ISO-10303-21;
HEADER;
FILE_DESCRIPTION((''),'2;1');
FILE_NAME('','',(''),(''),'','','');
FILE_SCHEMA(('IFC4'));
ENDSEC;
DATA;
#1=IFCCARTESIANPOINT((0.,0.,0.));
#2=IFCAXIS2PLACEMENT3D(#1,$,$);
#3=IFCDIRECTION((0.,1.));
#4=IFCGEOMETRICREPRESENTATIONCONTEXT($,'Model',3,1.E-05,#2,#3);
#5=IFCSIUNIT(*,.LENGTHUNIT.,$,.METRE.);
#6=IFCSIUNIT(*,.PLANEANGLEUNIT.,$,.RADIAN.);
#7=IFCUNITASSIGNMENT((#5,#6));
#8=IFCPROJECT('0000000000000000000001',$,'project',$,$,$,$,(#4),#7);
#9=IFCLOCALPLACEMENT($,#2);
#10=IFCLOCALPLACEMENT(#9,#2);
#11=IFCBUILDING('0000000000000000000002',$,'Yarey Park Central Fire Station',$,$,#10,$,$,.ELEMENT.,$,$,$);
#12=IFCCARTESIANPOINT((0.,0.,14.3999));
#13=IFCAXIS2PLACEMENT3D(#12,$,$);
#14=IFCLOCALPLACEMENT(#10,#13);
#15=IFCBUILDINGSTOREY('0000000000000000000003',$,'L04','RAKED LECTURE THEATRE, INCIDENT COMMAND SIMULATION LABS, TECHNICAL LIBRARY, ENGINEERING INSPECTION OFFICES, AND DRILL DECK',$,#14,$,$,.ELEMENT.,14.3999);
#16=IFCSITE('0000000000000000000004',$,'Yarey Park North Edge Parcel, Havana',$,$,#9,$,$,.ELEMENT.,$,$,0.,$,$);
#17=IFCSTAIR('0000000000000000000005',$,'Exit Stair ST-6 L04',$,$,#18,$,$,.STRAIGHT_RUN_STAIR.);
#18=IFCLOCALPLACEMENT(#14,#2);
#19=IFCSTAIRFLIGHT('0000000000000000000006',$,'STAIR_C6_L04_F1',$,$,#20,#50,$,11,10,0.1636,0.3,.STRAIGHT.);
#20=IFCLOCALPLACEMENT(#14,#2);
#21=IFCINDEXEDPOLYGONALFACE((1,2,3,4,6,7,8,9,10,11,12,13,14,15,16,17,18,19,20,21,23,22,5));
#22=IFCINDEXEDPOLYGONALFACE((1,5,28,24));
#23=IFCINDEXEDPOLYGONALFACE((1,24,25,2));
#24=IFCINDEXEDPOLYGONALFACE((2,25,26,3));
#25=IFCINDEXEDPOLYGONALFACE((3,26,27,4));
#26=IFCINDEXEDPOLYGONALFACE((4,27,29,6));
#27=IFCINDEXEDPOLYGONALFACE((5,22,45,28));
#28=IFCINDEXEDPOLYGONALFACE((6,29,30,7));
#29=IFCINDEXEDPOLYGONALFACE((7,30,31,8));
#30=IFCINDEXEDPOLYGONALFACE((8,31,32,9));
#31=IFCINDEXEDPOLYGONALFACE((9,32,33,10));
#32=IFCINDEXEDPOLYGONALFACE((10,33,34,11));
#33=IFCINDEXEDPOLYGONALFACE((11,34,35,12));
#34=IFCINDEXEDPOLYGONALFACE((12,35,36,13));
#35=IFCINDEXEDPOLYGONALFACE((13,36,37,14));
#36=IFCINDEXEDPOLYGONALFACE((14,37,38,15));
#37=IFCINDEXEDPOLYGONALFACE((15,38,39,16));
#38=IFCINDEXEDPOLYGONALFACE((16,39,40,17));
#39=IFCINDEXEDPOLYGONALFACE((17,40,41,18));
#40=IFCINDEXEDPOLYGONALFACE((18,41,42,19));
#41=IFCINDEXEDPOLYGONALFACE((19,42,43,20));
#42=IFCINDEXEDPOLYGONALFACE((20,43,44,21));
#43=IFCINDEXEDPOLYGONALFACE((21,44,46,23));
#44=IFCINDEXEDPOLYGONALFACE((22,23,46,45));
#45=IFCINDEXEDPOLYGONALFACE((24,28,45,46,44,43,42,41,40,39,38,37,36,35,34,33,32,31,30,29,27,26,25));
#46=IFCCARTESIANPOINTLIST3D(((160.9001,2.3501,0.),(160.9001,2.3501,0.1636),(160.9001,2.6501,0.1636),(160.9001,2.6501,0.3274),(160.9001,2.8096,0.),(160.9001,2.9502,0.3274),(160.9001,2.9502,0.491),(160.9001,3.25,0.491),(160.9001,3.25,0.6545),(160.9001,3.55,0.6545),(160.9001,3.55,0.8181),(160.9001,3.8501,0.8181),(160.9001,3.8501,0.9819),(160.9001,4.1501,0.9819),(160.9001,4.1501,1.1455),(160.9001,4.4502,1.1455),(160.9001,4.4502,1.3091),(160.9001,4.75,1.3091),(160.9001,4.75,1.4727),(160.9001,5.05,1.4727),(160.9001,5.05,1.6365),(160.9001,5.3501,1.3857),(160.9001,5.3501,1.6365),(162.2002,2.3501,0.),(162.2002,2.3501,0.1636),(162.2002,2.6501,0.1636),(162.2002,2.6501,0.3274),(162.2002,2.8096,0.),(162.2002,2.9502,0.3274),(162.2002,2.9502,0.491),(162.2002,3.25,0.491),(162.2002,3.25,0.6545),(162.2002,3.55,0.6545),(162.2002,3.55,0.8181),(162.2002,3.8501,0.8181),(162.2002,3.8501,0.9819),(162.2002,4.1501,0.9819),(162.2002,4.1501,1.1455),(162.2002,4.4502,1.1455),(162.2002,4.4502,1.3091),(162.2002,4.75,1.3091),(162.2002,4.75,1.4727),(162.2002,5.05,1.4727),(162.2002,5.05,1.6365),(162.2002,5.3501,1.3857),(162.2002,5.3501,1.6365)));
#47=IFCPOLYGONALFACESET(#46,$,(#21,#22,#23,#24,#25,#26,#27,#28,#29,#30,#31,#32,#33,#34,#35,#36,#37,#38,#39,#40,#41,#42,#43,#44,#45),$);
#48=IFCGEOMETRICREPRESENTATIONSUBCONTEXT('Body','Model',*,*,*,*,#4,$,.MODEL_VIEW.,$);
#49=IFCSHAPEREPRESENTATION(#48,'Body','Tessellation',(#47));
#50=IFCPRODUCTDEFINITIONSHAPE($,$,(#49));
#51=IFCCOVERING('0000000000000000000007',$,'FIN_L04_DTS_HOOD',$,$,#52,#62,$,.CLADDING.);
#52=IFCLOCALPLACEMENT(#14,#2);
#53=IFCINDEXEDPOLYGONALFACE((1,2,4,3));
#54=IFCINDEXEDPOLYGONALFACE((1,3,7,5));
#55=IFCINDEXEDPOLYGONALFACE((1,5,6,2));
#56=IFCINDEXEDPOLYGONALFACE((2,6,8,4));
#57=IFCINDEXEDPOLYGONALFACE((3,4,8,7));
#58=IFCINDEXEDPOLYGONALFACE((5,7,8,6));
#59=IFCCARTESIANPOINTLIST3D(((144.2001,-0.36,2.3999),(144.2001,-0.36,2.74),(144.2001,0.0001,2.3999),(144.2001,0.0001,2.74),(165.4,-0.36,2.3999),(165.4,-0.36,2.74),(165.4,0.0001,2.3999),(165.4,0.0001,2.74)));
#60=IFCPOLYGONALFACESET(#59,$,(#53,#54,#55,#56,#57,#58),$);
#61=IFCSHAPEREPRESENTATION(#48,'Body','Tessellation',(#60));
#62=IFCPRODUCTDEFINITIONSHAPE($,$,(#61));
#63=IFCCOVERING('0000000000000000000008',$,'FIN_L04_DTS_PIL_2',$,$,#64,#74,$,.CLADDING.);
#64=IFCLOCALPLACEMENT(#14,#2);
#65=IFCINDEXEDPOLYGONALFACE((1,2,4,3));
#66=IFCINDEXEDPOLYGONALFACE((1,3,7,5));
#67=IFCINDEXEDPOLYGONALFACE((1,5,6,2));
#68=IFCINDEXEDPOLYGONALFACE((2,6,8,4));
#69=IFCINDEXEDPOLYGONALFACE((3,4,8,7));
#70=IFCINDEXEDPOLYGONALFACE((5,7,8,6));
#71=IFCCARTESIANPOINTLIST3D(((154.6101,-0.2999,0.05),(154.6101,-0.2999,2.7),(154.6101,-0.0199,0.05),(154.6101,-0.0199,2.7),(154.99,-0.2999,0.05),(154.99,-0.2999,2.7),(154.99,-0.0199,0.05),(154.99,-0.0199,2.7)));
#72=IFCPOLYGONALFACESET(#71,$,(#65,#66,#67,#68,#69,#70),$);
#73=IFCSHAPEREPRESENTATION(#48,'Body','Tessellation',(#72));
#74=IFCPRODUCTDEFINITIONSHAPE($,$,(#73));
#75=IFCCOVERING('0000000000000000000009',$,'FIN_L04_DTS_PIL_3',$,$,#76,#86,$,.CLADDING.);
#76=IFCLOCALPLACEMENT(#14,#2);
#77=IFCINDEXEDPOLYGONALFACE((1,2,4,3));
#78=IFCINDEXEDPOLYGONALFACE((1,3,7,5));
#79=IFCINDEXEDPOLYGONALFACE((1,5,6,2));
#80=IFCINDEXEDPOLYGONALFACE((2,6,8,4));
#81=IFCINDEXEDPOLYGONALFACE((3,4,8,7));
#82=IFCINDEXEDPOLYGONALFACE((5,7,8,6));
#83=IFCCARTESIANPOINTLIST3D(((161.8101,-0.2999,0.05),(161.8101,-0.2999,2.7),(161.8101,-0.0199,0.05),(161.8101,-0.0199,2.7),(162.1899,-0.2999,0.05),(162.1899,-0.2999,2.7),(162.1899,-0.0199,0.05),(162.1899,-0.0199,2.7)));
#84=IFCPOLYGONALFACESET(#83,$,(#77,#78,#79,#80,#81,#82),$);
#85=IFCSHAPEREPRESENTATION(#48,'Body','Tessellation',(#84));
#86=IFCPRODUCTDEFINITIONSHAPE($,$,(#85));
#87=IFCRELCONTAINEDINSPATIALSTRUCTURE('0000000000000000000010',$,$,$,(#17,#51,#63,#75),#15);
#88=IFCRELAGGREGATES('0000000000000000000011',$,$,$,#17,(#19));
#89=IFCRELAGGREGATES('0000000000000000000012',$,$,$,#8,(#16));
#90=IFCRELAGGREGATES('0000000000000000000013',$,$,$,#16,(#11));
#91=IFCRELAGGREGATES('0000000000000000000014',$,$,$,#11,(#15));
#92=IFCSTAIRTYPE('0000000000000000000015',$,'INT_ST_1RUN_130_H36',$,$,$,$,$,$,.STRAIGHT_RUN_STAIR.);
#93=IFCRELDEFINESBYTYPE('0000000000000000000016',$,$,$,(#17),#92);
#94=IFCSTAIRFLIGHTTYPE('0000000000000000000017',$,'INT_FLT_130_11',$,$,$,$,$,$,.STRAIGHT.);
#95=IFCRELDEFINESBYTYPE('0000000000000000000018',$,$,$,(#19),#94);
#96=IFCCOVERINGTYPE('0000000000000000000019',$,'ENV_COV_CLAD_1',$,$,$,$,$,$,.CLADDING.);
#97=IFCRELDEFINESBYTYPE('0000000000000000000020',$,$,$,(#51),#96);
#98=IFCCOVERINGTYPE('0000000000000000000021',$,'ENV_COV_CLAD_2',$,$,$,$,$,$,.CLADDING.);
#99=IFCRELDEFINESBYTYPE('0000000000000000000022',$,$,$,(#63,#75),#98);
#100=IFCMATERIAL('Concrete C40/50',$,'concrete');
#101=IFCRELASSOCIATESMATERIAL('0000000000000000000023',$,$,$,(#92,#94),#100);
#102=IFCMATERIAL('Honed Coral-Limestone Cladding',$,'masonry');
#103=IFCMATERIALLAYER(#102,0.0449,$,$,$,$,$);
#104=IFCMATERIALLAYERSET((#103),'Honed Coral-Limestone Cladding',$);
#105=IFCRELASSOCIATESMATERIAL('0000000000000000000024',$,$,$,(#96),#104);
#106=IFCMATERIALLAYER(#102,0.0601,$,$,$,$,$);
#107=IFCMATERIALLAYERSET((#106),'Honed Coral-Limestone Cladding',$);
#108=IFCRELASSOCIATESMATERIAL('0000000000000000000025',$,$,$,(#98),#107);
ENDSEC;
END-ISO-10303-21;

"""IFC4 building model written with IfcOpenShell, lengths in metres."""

from ifc_helpers import new_model, si_unit, direction, frame, origin, origin_2d, place, context, subcontext, project, spatial, polyline, rectangle, outline, extrude, material, layer, layer_set, type_object, element, aggregate, save


model = new_model("IFC4")

# Units and contexts
model_context = context("Model", 3, precision=1e-05, world=origin(), true_north=direction((0.0, 1.0)))
body_context = subcontext(model_context, "Body", "Model", "MODEL_VIEW")
ifc_project = project(units=[si_unit("LENGTHUNIT", "METRE"), si_unit("PLANEANGLEUNIT", "RADIAN")], contexts=[model_context])

# Site, building, storey
site_placement = place(None, origin())
site = spatial("IfcSite", under=ifc_project, at=site_placement, Name="Yarey Park North Edge Parcel, Havana", CompositionType="ELEMENT", RefElevation=0.0)
building_placement = place(site_placement, origin())
building = spatial("IfcBuilding", under=site, at=building_placement, Name="Yarey Park Central Fire Station", CompositionType="ELEMENT")
storey_placement = place(building_placement, frame((0.0, 0.0, 14.3999)))
storey = spatial("IfcBuildingStorey", under=building, at=storey_placement, Name="L04", Description="RAKED LECTURE THEATRE, INCIDENT COMMAND SIMULATION LABS, TECHNICAL LIBRARY, ENGINEERING INSPECTION OFFICES, AND DRILL DECK", CompositionType="ELEMENT", Elevation=14.3999)

# Shared definitions
ifc_material_1 = material(Name="Concrete C40/50", Category="concrete")

# Stair, stair flight
stair_type = type_object("IfcStairType", Name="INT_ST_1RUN_130_H36", PredefinedType="STRAIGHT_RUN_STAIR", material=ifc_material_1)
stair_placement = place(storey_placement, origin())
stair = element("IfcStair", 1, at=stair_placement, inside=storey, type_object=stair_type, Name="Exit Stair ST-6 L04", PredefinedType="STRAIGHT_RUN_STAIR")
stair_flight_type = type_object("IfcStairFlightType", Name="INT_FLT_130_11", PredefinedType="STRAIGHT", material=ifc_material_1)
stair_flight_placement = place(storey_placement, frame((161.55, 2.3501, 0.0), z_axis=(0.0, 0.0, 1.0), x_axis=(0.0, 1.0, 0.0)))
stair_flight = element("IfcStairFlight", 2, at=stair_flight_placement, type_object=stair_flight_type, Name="STAIR_C6_L04_F1", NumberOfRisers=11, NumberOfTreads=10, PredefinedType="STRAIGHT", RiserHeight=0.1636, TreadLength=0.3, context=body_context, shape_type="SweptSolid", body=[
    extrude(outline(polyline([(0.0, 0.0), (0.0, 0.1636), (0.3, 0.1636), (0.3, 0.3274), (0.6001, 0.3274), (0.6001, 0.491), (0.8999, 0.491), (0.8999, 0.6545), (1.2, 0.6545), (1.2, 0.8181), (1.5, 0.8181), (1.5, 0.9819), (1.8, 0.9819), (1.8, 1.1455), (2.1001, 1.1455), (2.1001, 1.3091), (2.3999, 1.3091), (2.3999, 1.4727), (2.7, 1.4727), (2.7, 1.6365), (3.0, 1.6365), (3.0, 1.8), (3.0, 1.3857), (0.4595, 0.0), (0.0, 0.0)])), frame((0.0, 0.6499, 0.0), z_axis=(0.0, -1.0, 0.0), x_axis=(1.0, 0.0, 0.0)), (0.0, 0.0, 1.0), 1.3),
])
aggregate(stair, [stair_flight])

# Coverings
ifc_material_2 = material(Name="Honed Coral-Limestone Cladding", Category="masonry")
ifc_layer_1 = layer(ifc_material_2, 0.0449)
ifc_layer_set_1 = layer_set([ifc_layer_1], Name="Honed Coral-Limestone Cladding")
covering_type_1 = type_object("IfcCoveringType", Name="ENV_COV_CLAD_1", PredefinedType="CLADDING", material=ifc_layer_set_1)
covering_placement = place(storey_placement, frame((154.8, -0.1799, 2.3999), z_axis=(0.0, 0.0, 1.0), x_axis=(1.0, 0.0, 0.0)))
element("IfcCovering", 3, at=covering_placement, inside=storey, type_object=covering_type_1, Name="FIN_L04_DTS_HOOD", PredefinedType="CLADDING", context=body_context, shape_type="SweptSolid", body=[
    extrude(rectangle(XDim=21.2, YDim=0.3601, at=origin_2d()), origin(), (0.0, 0.0, 1.0), 0.3401),
])
ifc_layer_2 = layer(ifc_material_2, 0.0601)
ifc_layer_set_2 = layer_set([ifc_layer_2], Name="Honed Coral-Limestone Cladding")
covering_type_2 = type_object("IfcCoveringType", Name="ENV_COV_CLAD_2", PredefinedType="CLADDING", material=ifc_layer_set_2)
for number, where, z_axis, x_axis, name in (
    (4, (154.8, -0.1599, 0.05), (0.0, 0.0, 1.0), (1.0, 0.0, 0.0), "FIN_L04_DTS_PIL_2"),
    (5, (162.0, -0.1599, 0.05), (0.0, 0.0, 1.0), (1.0, 0.0, 0.0), "FIN_L04_DTS_PIL_3"),
):
    element("IfcCovering", number, at=place(storey_placement, frame(where, z_axis=z_axis, x_axis=x_axis)), inside=storey, type_object=covering_type_2, Name=name, PredefinedType="CLADDING", context=body_context, shape_type="SweptSolid", body=[
        extrude(rectangle(XDim=0.3799, YDim=0.28, at=origin_2d()), origin(), (0.0, 0.0, 1.0), 2.6499),
    ])

save(model, "model.ifc")
